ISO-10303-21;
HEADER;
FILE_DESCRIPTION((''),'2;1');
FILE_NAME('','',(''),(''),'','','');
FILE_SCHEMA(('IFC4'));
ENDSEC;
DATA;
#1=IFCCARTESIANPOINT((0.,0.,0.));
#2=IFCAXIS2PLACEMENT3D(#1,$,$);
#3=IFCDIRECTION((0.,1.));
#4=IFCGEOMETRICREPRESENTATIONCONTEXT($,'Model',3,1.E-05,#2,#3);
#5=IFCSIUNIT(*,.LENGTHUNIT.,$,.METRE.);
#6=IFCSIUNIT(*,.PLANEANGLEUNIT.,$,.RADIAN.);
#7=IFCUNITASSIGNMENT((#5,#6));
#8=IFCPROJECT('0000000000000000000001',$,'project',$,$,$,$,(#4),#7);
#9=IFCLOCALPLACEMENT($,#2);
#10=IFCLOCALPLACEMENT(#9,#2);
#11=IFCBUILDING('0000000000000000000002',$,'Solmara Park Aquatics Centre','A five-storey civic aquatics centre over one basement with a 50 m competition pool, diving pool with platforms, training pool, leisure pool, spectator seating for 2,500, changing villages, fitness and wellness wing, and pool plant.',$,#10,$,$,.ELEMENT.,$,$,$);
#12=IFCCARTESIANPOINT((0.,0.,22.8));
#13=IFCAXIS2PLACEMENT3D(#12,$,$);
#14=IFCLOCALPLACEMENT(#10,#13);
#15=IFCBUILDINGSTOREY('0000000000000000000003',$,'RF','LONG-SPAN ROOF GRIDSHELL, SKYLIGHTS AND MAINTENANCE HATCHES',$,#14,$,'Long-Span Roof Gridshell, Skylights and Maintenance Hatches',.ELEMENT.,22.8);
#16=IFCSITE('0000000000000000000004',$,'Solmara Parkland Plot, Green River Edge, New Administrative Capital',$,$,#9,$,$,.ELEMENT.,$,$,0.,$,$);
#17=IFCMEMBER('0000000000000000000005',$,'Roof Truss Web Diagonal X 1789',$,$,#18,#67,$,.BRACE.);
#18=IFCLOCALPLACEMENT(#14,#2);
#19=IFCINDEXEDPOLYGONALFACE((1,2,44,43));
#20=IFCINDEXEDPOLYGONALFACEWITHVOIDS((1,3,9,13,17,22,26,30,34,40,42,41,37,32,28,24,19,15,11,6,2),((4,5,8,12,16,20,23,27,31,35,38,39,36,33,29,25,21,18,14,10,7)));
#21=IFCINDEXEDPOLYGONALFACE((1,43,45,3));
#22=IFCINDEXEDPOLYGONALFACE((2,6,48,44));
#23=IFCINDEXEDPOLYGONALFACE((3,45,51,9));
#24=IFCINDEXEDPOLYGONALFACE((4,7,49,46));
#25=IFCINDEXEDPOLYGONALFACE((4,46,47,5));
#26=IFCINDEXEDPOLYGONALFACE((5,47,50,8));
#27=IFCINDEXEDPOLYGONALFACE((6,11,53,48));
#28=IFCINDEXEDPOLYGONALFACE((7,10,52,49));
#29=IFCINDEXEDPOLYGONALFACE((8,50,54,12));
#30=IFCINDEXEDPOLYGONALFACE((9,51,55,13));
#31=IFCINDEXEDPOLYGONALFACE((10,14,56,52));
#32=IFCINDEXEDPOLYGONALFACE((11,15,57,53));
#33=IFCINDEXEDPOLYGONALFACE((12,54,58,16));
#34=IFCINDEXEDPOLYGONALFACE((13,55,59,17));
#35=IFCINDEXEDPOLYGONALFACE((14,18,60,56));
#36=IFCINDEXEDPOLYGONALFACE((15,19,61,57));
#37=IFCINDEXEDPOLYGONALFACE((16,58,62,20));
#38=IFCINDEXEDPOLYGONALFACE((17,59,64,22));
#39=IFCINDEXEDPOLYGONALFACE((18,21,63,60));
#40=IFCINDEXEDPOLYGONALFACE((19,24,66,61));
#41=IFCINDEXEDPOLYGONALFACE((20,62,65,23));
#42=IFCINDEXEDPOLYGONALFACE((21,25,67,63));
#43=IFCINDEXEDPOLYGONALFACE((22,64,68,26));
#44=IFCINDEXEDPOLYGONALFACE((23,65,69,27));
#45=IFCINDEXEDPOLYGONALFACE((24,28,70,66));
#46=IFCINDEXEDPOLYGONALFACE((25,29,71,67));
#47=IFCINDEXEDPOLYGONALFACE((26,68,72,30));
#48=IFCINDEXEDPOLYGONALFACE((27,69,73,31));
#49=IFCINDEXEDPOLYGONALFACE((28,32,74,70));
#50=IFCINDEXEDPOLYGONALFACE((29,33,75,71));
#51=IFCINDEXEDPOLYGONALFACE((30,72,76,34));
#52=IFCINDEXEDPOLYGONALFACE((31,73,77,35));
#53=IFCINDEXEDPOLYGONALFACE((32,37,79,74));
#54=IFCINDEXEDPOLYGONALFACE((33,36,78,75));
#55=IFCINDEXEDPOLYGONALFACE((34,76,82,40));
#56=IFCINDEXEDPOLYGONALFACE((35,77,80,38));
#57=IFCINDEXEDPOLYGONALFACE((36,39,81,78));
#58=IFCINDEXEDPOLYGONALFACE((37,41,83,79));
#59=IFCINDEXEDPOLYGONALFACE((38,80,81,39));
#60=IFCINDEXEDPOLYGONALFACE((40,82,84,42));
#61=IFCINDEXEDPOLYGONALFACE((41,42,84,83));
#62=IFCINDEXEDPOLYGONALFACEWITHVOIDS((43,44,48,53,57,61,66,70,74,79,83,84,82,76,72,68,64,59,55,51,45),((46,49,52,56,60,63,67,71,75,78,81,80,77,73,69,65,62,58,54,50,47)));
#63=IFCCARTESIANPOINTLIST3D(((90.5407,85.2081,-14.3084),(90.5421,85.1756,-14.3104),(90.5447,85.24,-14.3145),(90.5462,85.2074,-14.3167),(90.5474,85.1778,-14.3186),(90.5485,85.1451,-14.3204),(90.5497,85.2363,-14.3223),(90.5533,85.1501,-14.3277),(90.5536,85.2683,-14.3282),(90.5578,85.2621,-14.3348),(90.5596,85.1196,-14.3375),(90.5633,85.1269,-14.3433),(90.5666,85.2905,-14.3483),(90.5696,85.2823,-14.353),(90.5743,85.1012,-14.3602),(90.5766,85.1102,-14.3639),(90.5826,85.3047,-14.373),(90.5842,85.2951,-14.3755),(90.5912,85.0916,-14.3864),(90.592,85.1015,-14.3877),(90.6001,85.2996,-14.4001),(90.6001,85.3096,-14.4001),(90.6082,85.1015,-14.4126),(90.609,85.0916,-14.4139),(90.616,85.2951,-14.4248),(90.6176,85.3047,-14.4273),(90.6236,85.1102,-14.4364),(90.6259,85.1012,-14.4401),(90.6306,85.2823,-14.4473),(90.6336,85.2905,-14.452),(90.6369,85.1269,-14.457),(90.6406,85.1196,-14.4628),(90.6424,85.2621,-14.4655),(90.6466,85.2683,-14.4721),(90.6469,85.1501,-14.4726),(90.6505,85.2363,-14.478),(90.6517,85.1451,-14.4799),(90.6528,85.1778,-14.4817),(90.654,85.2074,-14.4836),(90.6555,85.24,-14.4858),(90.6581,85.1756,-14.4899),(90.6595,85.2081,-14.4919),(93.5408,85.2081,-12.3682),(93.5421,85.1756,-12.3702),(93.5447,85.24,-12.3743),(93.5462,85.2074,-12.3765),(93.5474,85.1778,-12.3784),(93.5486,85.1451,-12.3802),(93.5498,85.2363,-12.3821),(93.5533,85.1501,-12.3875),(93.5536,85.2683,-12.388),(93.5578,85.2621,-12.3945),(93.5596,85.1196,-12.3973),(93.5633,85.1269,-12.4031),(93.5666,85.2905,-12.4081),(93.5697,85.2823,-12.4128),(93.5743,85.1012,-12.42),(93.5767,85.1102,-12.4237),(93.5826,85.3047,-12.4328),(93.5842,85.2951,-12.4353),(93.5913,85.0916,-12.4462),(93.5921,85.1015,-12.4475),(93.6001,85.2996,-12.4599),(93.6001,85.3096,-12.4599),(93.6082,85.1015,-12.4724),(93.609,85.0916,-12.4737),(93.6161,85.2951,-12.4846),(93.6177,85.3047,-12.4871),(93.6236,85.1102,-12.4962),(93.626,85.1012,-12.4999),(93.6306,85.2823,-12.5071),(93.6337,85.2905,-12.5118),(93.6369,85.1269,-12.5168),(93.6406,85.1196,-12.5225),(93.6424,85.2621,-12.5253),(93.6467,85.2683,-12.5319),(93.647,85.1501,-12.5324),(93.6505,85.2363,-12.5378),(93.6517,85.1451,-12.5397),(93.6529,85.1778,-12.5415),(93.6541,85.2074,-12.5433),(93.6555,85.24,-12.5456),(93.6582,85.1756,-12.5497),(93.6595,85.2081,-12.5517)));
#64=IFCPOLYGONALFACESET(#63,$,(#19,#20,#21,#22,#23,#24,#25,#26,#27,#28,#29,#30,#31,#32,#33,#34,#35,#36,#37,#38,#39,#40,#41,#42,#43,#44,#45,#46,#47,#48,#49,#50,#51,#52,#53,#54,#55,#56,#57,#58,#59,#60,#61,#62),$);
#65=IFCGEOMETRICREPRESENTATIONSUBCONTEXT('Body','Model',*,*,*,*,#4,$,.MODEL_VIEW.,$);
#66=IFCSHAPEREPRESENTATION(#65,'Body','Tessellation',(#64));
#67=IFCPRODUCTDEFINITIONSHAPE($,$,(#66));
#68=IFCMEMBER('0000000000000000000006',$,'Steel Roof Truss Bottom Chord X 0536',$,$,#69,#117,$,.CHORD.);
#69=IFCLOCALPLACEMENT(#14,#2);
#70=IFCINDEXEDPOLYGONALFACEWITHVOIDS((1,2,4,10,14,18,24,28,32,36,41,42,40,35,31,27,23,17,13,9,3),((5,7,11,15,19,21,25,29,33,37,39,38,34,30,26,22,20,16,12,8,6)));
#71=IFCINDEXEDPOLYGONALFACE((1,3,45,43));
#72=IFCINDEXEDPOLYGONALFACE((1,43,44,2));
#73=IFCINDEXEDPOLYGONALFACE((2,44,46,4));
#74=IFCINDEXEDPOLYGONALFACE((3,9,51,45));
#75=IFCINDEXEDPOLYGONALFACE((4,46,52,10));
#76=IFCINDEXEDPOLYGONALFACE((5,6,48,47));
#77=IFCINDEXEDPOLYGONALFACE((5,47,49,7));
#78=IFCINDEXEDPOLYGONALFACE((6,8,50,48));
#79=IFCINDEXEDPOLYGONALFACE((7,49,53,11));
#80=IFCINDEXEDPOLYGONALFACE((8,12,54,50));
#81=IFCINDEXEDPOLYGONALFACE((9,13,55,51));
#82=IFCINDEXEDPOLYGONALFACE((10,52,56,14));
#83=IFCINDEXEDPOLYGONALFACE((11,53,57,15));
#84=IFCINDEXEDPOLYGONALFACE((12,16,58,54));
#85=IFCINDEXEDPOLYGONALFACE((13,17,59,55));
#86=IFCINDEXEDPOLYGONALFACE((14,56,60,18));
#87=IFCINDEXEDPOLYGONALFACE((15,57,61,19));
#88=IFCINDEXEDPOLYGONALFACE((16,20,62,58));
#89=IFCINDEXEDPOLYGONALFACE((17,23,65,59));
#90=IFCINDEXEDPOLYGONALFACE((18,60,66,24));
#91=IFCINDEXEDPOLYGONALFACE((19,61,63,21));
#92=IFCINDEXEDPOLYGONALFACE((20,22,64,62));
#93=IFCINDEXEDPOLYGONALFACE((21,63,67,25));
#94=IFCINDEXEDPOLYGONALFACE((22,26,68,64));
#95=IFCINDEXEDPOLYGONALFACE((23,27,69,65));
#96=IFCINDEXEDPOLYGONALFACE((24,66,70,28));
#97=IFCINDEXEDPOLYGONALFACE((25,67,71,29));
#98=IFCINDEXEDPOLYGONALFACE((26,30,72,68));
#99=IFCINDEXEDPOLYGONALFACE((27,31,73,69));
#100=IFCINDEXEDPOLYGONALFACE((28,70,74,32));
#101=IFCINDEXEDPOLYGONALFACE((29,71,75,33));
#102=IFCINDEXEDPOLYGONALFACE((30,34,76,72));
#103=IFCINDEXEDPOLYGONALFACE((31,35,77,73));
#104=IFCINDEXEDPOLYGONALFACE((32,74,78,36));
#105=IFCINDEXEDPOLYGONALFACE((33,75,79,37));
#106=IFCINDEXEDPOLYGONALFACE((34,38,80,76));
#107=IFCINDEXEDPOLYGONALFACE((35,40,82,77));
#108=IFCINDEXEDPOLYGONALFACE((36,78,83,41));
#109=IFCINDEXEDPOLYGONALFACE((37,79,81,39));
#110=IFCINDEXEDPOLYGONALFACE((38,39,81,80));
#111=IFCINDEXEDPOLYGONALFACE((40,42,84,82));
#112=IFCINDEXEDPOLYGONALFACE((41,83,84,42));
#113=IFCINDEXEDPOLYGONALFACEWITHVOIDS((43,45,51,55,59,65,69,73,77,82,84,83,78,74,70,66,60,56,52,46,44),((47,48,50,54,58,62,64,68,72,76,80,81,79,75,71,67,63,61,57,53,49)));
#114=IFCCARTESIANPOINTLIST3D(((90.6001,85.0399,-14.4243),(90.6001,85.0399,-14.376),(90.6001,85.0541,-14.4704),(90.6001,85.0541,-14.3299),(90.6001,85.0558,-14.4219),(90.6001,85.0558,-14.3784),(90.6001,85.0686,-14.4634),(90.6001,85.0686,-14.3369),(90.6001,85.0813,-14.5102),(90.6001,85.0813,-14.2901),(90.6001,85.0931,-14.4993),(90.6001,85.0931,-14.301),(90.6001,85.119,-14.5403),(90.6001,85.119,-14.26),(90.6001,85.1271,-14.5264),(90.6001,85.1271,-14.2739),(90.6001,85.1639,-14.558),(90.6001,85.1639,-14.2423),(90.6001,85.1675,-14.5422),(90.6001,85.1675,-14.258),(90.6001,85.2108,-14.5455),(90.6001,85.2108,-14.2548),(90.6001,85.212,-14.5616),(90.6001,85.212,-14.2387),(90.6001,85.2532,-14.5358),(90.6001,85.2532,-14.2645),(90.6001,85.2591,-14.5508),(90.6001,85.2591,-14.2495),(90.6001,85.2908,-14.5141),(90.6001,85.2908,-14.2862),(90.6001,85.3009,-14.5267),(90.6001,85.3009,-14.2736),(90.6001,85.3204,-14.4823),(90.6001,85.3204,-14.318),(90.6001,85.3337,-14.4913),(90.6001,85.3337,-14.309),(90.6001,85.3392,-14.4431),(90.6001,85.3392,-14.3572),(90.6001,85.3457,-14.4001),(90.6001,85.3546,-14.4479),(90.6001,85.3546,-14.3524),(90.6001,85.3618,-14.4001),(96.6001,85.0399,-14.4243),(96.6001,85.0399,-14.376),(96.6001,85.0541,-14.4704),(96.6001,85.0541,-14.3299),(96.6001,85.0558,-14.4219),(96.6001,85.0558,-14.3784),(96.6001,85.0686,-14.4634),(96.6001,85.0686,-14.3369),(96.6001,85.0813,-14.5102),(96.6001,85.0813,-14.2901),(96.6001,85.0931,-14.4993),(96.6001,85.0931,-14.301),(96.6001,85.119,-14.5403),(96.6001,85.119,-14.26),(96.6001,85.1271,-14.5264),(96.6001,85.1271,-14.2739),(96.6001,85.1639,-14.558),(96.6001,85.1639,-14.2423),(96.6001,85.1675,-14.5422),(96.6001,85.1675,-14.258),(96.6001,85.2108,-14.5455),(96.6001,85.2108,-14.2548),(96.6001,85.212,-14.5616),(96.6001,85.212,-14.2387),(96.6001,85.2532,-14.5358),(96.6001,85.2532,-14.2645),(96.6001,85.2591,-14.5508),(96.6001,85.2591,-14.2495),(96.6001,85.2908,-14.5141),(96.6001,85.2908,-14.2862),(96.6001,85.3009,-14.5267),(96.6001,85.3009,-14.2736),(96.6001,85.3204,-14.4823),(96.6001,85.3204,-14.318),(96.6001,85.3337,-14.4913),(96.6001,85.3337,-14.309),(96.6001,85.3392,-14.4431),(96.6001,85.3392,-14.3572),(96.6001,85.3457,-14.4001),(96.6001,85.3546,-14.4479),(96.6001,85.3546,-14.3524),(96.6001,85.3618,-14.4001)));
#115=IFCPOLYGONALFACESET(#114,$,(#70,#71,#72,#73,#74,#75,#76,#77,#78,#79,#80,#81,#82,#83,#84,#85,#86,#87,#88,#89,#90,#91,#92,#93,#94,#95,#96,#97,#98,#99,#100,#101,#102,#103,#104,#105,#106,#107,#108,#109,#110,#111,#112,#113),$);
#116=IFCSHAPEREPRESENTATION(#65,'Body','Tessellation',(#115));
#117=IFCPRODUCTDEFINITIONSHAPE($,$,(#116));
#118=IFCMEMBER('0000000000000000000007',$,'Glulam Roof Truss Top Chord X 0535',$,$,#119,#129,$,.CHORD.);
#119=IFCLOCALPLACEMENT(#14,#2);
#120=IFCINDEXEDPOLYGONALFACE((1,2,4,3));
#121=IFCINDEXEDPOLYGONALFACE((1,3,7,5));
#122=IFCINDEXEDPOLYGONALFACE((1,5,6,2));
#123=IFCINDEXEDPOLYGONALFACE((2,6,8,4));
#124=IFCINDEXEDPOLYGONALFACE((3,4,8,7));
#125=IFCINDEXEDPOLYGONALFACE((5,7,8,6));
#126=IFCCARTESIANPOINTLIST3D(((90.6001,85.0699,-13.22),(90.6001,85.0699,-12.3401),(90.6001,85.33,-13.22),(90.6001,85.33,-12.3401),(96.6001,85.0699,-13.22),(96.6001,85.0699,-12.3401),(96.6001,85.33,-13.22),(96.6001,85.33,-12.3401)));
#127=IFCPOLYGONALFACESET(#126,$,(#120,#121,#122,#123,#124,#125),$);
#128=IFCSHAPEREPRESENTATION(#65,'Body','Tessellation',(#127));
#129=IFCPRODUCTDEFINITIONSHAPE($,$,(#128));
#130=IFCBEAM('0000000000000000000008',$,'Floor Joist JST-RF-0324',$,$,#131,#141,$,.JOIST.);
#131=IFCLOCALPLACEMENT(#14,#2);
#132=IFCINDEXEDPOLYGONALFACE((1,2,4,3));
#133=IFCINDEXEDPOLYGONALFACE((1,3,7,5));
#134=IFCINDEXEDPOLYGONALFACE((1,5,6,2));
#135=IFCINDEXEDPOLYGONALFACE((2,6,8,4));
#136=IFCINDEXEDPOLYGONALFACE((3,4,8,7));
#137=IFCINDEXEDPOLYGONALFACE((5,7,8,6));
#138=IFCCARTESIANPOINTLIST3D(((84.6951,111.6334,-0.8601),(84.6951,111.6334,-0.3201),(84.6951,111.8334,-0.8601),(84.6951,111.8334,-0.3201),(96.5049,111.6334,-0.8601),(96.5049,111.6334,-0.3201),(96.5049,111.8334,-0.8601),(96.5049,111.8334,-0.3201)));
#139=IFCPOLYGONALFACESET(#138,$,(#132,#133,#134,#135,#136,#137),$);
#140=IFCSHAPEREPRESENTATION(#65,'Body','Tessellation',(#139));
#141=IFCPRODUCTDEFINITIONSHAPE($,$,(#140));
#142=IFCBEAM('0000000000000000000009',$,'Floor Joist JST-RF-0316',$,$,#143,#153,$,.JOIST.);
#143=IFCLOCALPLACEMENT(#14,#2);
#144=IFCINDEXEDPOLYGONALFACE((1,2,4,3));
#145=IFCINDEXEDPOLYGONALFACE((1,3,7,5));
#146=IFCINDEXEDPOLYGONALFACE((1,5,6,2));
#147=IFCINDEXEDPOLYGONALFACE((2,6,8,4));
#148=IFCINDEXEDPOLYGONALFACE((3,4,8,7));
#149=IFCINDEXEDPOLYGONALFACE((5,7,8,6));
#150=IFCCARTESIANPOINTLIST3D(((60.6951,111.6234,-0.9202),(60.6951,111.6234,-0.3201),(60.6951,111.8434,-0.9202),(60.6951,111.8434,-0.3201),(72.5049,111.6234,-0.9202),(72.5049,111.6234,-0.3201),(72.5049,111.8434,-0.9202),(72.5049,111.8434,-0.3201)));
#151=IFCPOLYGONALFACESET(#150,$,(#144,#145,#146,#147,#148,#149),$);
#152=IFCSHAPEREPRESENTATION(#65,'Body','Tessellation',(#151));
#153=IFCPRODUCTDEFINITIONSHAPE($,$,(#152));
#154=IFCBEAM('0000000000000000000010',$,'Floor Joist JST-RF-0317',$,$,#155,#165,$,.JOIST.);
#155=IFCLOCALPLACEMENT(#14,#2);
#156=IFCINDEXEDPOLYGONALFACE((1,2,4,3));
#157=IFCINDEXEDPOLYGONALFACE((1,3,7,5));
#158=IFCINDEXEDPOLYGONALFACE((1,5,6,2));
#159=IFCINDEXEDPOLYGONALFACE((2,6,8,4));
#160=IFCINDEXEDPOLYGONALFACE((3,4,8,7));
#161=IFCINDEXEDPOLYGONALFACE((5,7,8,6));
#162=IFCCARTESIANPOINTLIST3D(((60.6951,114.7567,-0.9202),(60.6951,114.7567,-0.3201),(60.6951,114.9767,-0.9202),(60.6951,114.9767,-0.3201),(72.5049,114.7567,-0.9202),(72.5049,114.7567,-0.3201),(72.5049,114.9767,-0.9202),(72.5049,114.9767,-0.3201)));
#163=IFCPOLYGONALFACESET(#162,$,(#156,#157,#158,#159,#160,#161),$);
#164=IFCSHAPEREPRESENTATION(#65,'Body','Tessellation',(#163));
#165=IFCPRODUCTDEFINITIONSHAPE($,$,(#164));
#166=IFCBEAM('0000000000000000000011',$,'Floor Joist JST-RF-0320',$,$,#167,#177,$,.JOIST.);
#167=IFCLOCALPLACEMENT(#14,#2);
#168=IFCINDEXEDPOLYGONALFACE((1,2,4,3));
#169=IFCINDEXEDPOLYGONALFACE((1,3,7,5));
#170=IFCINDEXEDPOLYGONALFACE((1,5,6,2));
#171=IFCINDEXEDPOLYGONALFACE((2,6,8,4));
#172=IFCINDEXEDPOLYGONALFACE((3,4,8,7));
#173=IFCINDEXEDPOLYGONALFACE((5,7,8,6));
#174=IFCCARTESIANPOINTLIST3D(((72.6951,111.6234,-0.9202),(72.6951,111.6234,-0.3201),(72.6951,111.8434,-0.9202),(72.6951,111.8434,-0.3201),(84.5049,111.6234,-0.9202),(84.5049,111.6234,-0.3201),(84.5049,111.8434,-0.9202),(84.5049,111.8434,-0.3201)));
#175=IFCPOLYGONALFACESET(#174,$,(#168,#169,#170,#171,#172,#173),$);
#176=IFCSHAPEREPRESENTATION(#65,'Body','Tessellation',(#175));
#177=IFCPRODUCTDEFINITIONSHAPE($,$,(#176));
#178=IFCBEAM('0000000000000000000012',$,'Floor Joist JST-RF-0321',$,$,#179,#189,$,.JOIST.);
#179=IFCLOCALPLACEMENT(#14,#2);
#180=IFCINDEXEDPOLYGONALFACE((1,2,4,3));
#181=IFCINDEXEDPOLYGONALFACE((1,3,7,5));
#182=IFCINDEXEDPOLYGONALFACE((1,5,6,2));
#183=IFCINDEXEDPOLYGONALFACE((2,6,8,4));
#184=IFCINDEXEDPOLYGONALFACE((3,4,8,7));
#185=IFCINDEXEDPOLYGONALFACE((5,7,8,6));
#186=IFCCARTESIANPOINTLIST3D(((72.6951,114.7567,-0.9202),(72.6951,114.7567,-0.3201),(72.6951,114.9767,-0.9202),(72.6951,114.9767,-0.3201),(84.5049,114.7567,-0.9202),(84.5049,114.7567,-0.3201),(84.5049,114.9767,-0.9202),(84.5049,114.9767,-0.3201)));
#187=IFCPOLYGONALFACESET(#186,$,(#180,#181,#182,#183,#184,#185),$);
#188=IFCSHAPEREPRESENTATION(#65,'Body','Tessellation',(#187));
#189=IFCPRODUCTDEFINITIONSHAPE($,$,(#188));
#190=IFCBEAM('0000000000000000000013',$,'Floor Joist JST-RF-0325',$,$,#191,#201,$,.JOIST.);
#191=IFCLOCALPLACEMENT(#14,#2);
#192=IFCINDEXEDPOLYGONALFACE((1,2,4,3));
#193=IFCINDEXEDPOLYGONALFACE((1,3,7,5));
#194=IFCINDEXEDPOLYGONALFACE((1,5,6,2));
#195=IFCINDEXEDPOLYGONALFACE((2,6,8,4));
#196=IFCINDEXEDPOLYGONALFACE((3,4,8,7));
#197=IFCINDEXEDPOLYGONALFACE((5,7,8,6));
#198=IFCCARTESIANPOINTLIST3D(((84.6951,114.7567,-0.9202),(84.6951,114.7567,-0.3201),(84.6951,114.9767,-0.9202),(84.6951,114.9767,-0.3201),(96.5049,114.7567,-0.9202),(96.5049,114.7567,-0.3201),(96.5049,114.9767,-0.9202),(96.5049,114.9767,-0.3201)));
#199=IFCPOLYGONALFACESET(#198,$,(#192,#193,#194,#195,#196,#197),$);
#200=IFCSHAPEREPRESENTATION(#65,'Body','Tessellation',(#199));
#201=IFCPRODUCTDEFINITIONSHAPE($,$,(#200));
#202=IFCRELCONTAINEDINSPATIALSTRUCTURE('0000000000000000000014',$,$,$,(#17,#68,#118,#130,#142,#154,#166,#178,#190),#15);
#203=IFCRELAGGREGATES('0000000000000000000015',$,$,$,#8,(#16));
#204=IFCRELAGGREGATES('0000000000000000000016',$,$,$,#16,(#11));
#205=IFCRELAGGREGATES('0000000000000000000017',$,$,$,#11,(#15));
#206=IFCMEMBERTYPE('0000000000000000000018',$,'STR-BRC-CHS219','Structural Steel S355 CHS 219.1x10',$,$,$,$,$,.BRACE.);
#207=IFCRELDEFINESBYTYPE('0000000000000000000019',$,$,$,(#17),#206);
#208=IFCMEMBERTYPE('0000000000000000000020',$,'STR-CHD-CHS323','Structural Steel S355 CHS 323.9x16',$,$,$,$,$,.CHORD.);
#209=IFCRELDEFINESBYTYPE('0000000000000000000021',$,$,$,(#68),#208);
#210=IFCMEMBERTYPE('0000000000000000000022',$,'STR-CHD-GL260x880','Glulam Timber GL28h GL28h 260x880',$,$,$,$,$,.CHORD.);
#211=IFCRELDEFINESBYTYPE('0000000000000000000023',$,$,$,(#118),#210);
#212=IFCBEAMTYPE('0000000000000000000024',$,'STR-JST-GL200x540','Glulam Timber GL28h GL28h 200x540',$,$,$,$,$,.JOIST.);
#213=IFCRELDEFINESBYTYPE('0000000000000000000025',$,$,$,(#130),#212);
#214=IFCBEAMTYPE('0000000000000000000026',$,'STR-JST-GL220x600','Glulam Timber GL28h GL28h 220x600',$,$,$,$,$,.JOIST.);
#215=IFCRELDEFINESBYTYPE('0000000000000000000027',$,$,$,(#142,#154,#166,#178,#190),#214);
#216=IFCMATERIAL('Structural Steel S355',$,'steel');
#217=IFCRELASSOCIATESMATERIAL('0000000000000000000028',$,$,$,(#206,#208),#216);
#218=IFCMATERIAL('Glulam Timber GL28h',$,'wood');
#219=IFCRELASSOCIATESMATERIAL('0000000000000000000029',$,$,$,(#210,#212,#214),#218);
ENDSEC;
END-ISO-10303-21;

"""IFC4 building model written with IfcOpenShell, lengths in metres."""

from ifc_helpers import new_model, si_unit, direction, frame, origin, origin_2d, place, context, subcontext, project, spatial, rectangle, hollow_circle, extrude, material, material_profile, profile_set, type_object, element, save


model = new_model("IFC4")

# Units and contexts
model_context = context("Model", 3, precision=1e-05, world=origin(), true_north=direction((0.0, 1.0)))
body_context = subcontext(model_context, "Body", "Model", "MODEL_VIEW")
ifc_project = project(units=[si_unit("LENGTHUNIT", "METRE"), si_unit("PLANEANGLEUNIT", "RADIAN")], contexts=[model_context])

# Site, building, storey
site_placement = place(None, origin())
site = spatial("IfcSite", under=ifc_project, at=site_placement, Name="Solmara Parkland Plot, Green River Edge, New Administrative Capital", CompositionType="ELEMENT", RefElevation=0.0)
building_placement = place(site_placement, origin())
building = spatial("IfcBuilding", under=site, at=building_placement, Name="Solmara Park Aquatics Centre", Description="A five-storey civic aquatics centre over one basement with a 50 m competition pool, diving pool with platforms, training pool, leisure pool, spectator seating for 2,500, changing villages, fitness and wellness wing, and pool plant.", CompositionType="ELEMENT")
storey_placement = place(building_placement, frame((0.0, 0.0, 22.8)))
storey = spatial("IfcBuildingStorey", under=building, at=storey_placement, Name="RF", Description="LONG-SPAN ROOF GRIDSHELL, SKYLIGHTS AND MAINTENANCE HATCHES", LongName="Long-Span Roof Gridshell, Skylights and Maintenance Hatches", CompositionType="ELEMENT", Elevation=22.8)

# Shared definitions
ifc_material_1 = material(Name="Structural Steel S355", Category="steel")

# Members
ifc_material_profile_1 = material_profile(ifc_material_1, hollow_circle(Radius=0.1096, WallThickness=0.01, at=origin_2d()), Name="CHS 219.1x10")
ifc_profile_set_1 = profile_set([ifc_material_profile_1], Name="Structural Steel S355")
member_type_1 = type_object("IfcMemberType", Name="STR-BRC-CHS219", Description="Structural Steel S355 CHS 219.1x10", PredefinedType="BRACE", material=ifc_profile_set_1)
for number, where, z_axis, x_axis, name in (
    (1, (90.6001, 85.2, -14.4001), (0.839697, 0.0, 0.543056), (0.0, 1.0, 0.0), "Roof Truss Web Diagonal X 1789"),
):
    element("IfcMember", number, at=place(storey_placement, frame(where, z_axis=z_axis, x_axis=x_axis)), inside=storey, type_object=member_type_1, Name=name, PredefinedType="BRACE", context=body_context, shape_type="SweptSolid", body=[
        extrude(hollow_circle(Radius=0.1096, WallThickness=0.01, at=origin_2d()), origin(), (0.0, 0.0, 1.0), 3.5728),
    ])
ifc_material_profile_2 = material_profile(ifc_material_1, hollow_circle(Radius=0.1619, WallThickness=0.0161, at=origin_2d()), Name="CHS 323.9x16")
ifc_profile_set_2 = profile_set([ifc_material_profile_2], Name="Structural Steel S355")
member_type_2 = type_object("IfcMemberType", Name="STR-CHD-CHS323", Description="Structural Steel S355 CHS 323.9x16", PredefinedType="CHORD", material=ifc_profile_set_2)
member_1_placement = place(storey_placement, frame((90.6001, 85.2, -14.4001), z_axis=(1.0, 0.0, 0.0), x_axis=(0.0, 1.0, 0.0)))
element("IfcMember", 2, at=member_1_placement, inside=storey, type_object=member_type_2, Name="Steel Roof Truss Bottom Chord X 0536", PredefinedType="CHORD", context=body_context, shape_type="SweptSolid", body=[
    extrude(hollow_circle(Radius=0.1619, WallThickness=0.0161, at=origin_2d()), origin(), (0.0, 0.0, 1.0), 6.0),
])
ifc_material_2 = material(Name="Glulam Timber GL28h", Category="wood")
ifc_material_profile_3 = material_profile(ifc_material_2, rectangle(XDim=0.26, YDim=0.8799, at=origin_2d()), Name="GL28h 260x880")
ifc_profile_set_3 = profile_set([ifc_material_profile_3], Name="Glulam Timber GL28h")
member_type_3 = type_object("IfcMemberType", Name="STR-CHD-GL260x880", Description="Glulam Timber GL28h GL28h 260x880", PredefinedType="CHORD", material=ifc_profile_set_3)
member_2_placement = place(storey_placement, frame((90.6001, 85.2, -12.78), z_axis=(1.0, 0.0, 0.0), x_axis=(0.0, 1.0, 0.0)))
element("IfcMember", 3, at=member_2_placement, inside=storey, type_object=member_type_3, Name="Glulam Roof Truss Top Chord X 0535", PredefinedType="CHORD", context=body_context, shape_type="SweptSolid", body=[
    extrude(rectangle(XDim=0.26, YDim=0.8799, at=origin_2d()), origin(), (0.0, 0.0, 1.0), 6.0),
])

# Beams
ifc_material_profile_4 = material_profile(ifc_material_2, rectangle(XDim=0.2, YDim=0.54, at=origin_2d()), Name="GL28h 200x540")
ifc_profile_set_4 = profile_set([ifc_material_profile_4], Name="Glulam Timber GL28h")
beam_type_1 = type_object("IfcBeamType", Name="STR-JST-GL200x540", Description="Glulam Timber GL28h GL28h 200x540", PredefinedType="JOIST", material=ifc_profile_set_4)
beam_1_placement = place(storey_placement, frame((84.6951, 111.7334, -0.5901), z_axis=(1.0, 0.0, 0.0), x_axis=(0.0, 1.0, 0.0)))
element("IfcBeam", 4, at=beam_1_placement, inside=storey, type_object=beam_type_1, Name="Floor Joist JST-RF-0324", PredefinedType="JOIST", context=body_context, shape_type="SweptSolid", body=[
    extrude(rectangle(XDim=0.2, YDim=0.54, at=origin_2d()), origin(), (0.0, 0.0, 1.0), 11.8098),
])
ifc_material_profile_5 = material_profile(ifc_material_2, rectangle(XDim=0.22, YDim=0.6001, at=origin_2d()), Name="GL28h 220x600")
ifc_profile_set_5 = profile_set([ifc_material_profile_5], Name="Glulam Timber GL28h")
beam_type_2 = type_object("IfcBeamType", Name="STR-JST-GL220x600", Description="Glulam Timber GL28h GL28h 220x600", PredefinedType="JOIST", material=ifc_profile_set_5)
for number, where, z_axis, x_axis, name in (
    (5, (60.6951, 111.7334, -0.6201), (1.0, 0.0, 0.0), (0.0, 1.0, 0.0), "Floor Joist JST-RF-0316"),
    (6, (60.6951, 114.8667, -0.6201), (1.0, 0.0, 0.0), (0.0, 1.0, 0.0), "Floor Joist JST-RF-0317"),
    (7, (72.6951, 111.7334, -0.6201), (1.0, 0.0, 0.0), (0.0, 1.0, 0.0), "Floor Joist JST-RF-0320"),
    (8, (72.6951, 114.8667, -0.6201), (1.0, 0.0, 0.0), (0.0, 1.0, 0.0), "Floor Joist JST-RF-0321"),
    (9, (84.6951, 114.8667, -0.6201), (1.0, 0.0, 0.0), (0.0, 1.0, 0.0), "Floor Joist JST-RF-0325"),
):
    element("IfcBeam", number, at=place(storey_placement, frame(where, z_axis=z_axis, x_axis=x_axis)), inside=storey, type_object=beam_type_2, Name=name, PredefinedType="JOIST", context=body_context, shape_type="SweptSolid", body=[
        extrude(rectangle(XDim=0.22, YDim=0.6001, at=origin_2d()), origin(), (0.0, 0.0, 1.0), 11.8098),
    ])

save(model, "model.ifc")
